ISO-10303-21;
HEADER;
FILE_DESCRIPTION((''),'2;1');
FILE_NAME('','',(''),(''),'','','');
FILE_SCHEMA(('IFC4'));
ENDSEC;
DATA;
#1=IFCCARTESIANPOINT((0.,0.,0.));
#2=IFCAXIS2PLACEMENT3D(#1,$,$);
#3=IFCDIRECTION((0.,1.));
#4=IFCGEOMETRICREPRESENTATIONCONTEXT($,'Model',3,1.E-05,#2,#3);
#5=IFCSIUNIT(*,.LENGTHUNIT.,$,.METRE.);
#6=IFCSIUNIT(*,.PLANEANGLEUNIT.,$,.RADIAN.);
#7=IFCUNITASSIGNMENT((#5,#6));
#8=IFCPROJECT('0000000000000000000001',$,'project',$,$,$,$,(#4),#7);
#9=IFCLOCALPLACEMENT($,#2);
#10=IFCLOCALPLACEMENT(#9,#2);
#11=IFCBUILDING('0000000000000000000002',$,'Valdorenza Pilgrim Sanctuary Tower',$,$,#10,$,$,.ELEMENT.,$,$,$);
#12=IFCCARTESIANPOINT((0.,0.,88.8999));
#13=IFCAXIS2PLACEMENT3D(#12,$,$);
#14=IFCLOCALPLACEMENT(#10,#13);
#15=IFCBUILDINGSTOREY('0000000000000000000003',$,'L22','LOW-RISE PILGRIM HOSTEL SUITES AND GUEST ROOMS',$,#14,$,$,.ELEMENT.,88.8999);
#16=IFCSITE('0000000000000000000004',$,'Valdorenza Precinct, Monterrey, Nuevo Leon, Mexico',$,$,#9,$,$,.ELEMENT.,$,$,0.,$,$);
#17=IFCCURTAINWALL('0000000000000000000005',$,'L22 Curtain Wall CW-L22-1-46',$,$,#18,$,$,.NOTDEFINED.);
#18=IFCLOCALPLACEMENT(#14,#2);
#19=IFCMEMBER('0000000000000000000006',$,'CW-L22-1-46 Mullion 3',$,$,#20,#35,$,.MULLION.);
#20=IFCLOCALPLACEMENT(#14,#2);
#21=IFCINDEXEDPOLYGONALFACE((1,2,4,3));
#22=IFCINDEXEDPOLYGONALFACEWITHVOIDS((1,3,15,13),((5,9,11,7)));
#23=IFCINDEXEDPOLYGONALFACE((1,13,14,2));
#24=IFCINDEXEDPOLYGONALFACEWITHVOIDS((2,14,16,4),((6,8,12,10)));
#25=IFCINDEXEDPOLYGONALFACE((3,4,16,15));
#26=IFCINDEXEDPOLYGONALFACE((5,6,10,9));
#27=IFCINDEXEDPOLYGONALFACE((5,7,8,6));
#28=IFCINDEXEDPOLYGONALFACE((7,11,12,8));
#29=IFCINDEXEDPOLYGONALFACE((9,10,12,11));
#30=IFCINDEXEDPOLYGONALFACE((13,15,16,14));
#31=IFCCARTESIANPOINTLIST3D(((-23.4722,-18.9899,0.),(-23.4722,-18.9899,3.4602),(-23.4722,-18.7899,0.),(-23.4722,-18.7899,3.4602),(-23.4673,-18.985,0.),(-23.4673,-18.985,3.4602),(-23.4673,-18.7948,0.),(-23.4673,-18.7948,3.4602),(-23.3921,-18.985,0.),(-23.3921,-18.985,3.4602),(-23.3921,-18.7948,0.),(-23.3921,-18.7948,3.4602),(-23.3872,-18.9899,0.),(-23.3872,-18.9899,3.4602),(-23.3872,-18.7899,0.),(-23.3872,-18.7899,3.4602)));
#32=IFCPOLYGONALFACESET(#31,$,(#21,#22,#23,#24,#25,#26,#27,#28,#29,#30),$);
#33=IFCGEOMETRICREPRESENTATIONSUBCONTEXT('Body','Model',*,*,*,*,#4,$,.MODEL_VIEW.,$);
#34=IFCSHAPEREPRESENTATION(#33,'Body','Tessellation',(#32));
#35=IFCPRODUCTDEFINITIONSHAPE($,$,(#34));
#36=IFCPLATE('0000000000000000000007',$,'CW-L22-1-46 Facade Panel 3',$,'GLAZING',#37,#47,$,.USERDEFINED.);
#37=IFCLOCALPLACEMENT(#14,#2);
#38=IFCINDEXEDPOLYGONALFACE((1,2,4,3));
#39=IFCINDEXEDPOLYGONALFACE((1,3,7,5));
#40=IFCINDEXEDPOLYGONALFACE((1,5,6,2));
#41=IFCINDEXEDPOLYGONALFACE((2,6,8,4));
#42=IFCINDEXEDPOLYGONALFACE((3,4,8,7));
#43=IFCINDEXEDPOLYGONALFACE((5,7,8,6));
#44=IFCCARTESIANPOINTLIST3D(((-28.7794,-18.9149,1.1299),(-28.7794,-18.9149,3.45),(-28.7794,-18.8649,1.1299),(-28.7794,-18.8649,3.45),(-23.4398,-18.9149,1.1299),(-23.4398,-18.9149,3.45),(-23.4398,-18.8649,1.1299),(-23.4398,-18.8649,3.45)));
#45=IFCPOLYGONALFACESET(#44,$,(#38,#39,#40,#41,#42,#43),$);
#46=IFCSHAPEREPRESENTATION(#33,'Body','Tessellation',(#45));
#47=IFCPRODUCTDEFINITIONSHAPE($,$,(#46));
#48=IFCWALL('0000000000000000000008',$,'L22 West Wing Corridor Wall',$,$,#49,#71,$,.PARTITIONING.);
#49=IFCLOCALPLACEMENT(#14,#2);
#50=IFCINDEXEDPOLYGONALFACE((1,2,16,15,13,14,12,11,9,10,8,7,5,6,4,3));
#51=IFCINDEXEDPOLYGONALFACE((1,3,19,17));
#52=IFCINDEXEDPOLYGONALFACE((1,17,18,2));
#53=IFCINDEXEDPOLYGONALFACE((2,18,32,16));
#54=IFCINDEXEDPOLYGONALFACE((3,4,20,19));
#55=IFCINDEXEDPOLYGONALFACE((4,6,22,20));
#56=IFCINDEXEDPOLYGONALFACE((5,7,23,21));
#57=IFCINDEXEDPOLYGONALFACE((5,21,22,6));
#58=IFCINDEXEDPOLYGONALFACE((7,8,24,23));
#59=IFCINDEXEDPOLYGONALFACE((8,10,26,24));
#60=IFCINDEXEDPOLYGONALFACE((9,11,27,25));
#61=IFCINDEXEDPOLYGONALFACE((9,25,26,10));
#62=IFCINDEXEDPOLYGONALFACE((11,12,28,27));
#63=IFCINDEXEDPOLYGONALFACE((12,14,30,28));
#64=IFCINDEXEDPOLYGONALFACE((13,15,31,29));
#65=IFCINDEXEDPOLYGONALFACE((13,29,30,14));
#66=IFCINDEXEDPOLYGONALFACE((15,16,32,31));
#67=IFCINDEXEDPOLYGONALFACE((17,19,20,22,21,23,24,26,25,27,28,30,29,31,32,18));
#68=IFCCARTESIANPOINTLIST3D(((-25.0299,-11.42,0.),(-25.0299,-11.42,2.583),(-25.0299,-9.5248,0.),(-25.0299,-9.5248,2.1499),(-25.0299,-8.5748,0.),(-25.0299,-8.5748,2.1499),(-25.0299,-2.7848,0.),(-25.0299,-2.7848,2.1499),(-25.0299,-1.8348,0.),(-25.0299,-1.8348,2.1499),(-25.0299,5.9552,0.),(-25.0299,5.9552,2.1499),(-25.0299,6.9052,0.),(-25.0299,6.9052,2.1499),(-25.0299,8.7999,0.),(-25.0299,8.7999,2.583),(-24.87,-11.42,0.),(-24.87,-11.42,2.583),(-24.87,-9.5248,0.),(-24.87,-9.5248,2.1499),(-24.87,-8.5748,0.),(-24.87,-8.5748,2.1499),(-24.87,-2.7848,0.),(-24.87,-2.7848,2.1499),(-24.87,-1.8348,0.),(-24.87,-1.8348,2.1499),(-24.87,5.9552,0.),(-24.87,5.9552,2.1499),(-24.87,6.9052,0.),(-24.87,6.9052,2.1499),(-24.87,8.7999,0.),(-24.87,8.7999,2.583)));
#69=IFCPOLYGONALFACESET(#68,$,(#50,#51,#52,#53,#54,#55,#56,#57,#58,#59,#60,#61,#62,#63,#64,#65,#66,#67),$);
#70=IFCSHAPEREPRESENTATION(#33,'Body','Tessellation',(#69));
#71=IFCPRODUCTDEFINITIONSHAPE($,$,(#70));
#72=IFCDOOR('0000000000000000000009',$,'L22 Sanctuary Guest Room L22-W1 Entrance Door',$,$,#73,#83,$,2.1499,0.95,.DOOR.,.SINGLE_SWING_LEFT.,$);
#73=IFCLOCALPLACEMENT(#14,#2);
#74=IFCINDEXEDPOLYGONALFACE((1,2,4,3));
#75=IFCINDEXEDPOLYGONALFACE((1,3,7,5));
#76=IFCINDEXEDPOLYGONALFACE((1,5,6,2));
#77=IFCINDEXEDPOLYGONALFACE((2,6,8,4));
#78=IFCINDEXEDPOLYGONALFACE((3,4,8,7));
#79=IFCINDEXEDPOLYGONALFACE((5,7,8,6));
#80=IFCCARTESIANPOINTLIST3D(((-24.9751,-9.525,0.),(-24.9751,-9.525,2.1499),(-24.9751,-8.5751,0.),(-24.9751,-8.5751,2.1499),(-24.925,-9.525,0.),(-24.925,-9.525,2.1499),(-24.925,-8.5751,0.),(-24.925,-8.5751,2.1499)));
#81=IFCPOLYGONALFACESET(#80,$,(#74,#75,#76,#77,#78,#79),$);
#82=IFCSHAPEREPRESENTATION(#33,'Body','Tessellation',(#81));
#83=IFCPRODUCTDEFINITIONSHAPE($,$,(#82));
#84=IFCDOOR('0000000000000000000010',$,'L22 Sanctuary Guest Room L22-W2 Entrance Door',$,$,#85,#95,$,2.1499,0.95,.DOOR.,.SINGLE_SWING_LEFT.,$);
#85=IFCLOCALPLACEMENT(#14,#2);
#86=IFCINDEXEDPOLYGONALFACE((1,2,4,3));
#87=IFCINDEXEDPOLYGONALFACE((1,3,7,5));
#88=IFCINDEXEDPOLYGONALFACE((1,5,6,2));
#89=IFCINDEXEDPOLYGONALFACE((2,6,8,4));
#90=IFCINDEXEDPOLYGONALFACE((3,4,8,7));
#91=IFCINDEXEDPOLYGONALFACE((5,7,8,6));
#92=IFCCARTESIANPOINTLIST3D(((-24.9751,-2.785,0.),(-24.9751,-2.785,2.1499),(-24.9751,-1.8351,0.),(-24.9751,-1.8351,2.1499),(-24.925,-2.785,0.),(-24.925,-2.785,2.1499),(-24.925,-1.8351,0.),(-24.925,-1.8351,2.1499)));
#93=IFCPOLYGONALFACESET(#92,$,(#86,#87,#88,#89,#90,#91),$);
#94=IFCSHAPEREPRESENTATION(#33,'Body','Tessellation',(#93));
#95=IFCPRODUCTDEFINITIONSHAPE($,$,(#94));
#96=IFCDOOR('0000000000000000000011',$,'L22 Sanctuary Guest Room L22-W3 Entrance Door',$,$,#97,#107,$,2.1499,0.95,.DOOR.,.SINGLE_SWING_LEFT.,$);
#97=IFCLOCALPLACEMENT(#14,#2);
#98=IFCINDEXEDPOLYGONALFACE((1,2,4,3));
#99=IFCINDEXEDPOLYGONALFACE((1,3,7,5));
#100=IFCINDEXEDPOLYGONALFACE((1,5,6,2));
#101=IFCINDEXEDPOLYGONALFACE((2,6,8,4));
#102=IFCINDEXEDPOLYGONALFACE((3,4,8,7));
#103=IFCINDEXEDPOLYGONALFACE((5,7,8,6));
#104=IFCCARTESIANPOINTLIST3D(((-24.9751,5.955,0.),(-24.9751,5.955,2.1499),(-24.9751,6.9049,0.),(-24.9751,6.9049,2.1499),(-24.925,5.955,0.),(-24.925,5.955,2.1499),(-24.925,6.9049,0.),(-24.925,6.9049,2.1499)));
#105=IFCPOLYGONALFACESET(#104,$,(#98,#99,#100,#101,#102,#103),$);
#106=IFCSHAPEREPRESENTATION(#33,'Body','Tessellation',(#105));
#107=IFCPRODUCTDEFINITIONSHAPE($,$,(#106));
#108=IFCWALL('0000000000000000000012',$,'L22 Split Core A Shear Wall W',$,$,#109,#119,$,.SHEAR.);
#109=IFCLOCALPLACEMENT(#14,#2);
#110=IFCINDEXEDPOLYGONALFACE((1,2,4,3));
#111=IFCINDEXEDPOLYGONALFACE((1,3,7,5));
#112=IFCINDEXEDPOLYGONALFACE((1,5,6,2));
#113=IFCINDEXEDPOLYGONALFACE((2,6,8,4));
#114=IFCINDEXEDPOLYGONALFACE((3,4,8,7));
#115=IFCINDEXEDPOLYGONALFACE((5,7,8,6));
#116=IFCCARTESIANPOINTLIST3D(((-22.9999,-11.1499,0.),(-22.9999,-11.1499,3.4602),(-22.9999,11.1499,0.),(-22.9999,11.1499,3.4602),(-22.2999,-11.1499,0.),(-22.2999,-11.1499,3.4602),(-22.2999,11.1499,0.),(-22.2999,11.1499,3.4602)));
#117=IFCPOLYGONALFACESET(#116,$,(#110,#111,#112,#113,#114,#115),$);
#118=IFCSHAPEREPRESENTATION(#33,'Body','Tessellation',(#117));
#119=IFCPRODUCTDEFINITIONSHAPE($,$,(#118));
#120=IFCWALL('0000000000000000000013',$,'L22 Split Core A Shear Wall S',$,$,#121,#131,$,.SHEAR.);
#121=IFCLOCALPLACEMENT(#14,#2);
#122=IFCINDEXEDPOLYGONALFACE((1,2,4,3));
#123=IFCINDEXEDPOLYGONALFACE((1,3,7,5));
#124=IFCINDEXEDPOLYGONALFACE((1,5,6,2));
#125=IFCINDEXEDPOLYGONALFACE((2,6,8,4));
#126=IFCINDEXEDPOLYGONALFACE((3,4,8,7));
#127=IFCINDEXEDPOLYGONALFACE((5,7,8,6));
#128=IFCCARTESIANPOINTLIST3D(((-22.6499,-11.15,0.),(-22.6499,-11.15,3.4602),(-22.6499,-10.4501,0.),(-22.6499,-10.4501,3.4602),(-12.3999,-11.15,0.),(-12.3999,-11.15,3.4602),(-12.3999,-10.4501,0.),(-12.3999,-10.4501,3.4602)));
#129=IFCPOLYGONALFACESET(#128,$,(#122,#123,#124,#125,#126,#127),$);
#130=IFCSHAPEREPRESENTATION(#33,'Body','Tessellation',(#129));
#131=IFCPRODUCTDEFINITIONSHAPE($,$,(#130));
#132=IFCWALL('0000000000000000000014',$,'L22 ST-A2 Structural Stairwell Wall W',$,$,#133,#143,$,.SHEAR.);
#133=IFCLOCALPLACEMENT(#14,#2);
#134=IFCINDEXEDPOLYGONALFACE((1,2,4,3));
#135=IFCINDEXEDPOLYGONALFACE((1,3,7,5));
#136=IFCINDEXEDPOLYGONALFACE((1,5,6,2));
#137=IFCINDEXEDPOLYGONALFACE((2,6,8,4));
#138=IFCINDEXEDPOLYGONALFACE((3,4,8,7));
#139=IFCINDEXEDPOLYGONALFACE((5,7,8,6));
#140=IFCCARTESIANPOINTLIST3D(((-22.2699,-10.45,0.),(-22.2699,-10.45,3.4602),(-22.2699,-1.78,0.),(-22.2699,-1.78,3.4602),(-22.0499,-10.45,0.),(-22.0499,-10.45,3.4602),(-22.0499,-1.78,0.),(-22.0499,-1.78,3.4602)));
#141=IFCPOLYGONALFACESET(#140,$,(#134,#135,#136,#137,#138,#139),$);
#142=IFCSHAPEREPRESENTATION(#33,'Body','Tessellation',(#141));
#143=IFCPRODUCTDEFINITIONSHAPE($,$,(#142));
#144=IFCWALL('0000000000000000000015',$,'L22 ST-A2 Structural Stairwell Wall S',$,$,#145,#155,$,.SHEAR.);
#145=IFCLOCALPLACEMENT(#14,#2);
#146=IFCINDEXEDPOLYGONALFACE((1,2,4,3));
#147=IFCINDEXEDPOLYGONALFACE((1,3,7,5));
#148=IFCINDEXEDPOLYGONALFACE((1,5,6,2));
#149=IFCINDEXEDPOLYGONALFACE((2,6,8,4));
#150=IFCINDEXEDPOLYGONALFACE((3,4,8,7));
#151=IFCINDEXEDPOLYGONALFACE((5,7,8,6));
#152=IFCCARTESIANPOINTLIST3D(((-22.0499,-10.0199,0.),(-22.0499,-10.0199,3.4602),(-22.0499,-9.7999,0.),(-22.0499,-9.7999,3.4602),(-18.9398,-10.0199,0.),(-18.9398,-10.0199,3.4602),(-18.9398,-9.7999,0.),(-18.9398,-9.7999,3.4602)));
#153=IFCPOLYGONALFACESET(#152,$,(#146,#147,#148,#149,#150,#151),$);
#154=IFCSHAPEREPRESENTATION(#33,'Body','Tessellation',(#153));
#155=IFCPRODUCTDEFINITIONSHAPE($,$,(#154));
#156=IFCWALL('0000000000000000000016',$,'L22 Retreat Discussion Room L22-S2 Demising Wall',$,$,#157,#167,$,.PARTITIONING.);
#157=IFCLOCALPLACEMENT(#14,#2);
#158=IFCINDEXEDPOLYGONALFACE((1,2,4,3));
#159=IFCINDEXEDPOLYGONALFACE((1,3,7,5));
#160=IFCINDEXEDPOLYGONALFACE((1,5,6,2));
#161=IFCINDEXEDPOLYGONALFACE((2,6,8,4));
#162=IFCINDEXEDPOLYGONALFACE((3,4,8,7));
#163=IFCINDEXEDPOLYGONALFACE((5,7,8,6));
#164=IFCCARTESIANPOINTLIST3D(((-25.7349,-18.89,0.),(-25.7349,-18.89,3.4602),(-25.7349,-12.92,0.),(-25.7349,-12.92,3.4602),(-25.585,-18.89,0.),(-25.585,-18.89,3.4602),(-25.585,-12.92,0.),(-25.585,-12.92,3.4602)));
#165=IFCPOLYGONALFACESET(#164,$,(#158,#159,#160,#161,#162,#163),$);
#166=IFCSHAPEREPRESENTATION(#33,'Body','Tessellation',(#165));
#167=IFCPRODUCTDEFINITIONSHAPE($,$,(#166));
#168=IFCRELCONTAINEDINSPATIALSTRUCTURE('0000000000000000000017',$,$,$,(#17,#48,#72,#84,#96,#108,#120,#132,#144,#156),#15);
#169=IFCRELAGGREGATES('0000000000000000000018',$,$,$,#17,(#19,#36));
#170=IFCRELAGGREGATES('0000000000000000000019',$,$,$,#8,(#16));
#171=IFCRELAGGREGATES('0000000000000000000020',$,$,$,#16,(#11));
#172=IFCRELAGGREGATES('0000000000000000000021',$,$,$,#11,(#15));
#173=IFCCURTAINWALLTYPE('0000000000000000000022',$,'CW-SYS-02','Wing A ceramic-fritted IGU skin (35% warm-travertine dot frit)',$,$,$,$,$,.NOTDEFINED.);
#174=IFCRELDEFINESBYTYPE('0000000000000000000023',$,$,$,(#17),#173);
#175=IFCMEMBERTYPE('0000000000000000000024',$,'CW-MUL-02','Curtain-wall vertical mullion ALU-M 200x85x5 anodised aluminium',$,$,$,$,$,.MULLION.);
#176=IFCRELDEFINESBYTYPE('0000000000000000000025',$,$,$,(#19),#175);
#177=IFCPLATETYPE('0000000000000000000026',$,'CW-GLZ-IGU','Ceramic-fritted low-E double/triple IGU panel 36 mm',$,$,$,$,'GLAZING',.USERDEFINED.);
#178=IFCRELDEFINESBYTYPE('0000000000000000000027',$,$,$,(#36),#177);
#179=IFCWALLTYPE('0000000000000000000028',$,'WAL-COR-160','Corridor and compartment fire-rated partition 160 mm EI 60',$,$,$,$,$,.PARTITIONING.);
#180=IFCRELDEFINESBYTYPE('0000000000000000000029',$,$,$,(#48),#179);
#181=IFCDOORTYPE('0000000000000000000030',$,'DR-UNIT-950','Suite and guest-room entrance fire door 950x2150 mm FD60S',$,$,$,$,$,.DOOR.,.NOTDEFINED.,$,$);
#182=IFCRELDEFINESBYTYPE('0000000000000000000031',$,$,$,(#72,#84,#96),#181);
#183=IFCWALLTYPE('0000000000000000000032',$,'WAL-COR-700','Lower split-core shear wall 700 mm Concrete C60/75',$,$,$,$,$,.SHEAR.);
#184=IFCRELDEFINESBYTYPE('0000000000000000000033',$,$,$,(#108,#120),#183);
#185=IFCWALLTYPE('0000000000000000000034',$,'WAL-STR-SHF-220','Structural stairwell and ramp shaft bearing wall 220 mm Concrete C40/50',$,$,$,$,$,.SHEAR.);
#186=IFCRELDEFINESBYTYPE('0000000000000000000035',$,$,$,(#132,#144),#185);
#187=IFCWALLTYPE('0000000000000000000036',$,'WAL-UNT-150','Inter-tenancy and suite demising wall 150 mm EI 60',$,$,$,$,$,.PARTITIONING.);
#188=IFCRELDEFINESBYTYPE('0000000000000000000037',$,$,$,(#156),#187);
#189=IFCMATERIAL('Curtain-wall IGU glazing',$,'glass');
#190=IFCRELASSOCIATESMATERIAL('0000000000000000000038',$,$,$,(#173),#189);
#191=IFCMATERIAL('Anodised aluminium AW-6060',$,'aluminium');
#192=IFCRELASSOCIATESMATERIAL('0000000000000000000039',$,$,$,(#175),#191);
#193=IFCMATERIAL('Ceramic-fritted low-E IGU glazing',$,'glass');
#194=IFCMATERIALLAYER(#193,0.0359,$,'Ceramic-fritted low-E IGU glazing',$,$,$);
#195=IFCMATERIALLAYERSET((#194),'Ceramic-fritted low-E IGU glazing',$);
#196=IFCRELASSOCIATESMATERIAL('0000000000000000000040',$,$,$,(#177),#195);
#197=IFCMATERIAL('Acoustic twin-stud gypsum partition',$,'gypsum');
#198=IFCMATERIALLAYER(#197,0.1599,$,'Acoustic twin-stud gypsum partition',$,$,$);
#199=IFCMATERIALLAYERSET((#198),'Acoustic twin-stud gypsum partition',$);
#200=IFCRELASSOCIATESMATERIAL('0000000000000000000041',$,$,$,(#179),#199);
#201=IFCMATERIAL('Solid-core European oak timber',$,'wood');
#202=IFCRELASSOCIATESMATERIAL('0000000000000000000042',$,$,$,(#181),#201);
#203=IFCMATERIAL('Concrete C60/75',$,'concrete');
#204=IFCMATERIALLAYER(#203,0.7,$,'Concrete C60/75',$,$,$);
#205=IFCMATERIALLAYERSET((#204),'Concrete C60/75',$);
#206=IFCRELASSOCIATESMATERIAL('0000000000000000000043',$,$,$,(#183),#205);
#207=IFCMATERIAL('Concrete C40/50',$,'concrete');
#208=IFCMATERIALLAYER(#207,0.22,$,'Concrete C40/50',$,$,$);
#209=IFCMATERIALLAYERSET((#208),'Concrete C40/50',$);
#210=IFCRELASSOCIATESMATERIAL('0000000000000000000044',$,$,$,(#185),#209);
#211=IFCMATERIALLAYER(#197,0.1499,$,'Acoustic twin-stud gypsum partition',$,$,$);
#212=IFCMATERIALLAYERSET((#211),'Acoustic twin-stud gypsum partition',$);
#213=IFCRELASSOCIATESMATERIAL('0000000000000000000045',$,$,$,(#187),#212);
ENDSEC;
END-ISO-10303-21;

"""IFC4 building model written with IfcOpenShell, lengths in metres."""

from ifc_helpers import new_model, si_unit, direction, frame, frame_2d, origin, origin_2d, place, context, subcontext, project, spatial, rectangle, hollow_rectangle, extrude, source, transform, mapped, material, layer, layer_set, material_profile, profile_set, type_object, element, fill, aggregate, save


model = new_model("IFC4")

# Units and contexts
model_context = context("Model", 3, precision=1e-05, world=origin(), true_north=direction((0.0, 1.0)))
body_context = subcontext(model_context, "Body", "Model", "MODEL_VIEW")
ifc_project = project(units=[si_unit("LENGTHUNIT", "METRE"), si_unit("PLANEANGLEUNIT", "RADIAN")], contexts=[model_context])

# Site, building, storey
site_placement = place(None, origin())
site = spatial("IfcSite", under=ifc_project, at=site_placement, Name="Valdorenza Precinct, Monterrey, Nuevo Leon, Mexico", CompositionType="ELEMENT", RefElevation=0.0)
building_placement = place(site_placement, origin())
building = spatial("IfcBuilding", under=site, at=building_placement, Name="Valdorenza Pilgrim Sanctuary Tower", CompositionType="ELEMENT")
storey_placement = place(building_placement, frame((0.0, 0.0, 88.8999)))
storey = spatial("IfcBuildingStorey", under=building, at=storey_placement, Name="L22", Description="LOW-RISE PILGRIM HOSTEL SUITES AND GUEST ROOMS", CompositionType="ELEMENT", Elevation=88.8999)

# Shared definitions
ifc_material_1 = material(Name="Concrete C60/75", Category="concrete")

# Curtain wall, member, plate
ifc_material_2 = material(Name="Curtain-wall IGU glazing", Category="glass")
curtain_wall_type = type_object("IfcCurtainWallType", Name="CW-SYS-02", Description="Wing A ceramic-fritted IGU skin (35% warm-travertine dot frit)", PredefinedType="NOTDEFINED", material=ifc_material_2)
curtain_wall_placement = place(storey_placement, origin())
curtain_wall = element("IfcCurtainWall", 1, at=curtain_wall_placement, inside=storey, type_object=curtain_wall_type, Name="L22 Curtain Wall CW-L22-1-46", PredefinedType="NOTDEFINED")
ifc_material_3 = material(Name="Anodised aluminium AW-6060", Category="aluminium")
ifc_material_profile_1 = material_profile(ifc_material_3, hollow_rectangle(XDim=0.085, YDim=0.2, WallThickness=0.0049, at=origin_2d()), Name="ALU-M 200x85x5")
ifc_profile_set_1 = profile_set([ifc_material_profile_1], Name="Anodised aluminium AW-6060")
member_type = type_object("IfcMemberType", Name="CW-MUL-02", Description="Curtain-wall vertical mullion ALU-M 200x85x5 anodised aluminium", PredefinedType="MULLION", material=ifc_profile_set_1)
shared_shape_1 = source(origin(), body_context, "Body", "SweptSolid", [
    extrude(hollow_rectangle(XDim=0.085, YDim=0.2, WallThickness=0.0049, at=origin_2d()), origin(), (0.0, 0.0, 1.0), 3.4602),
])
member_placement = place(storey_placement, frame((-23.4297, -18.8899, 0.0), z_axis=(0.0, 0.0, 1.0), x_axis=(-1.0, 0.0, 0.0)))
member = element("IfcMember", 2, at=member_placement, type_object=member_type, Name="CW-L22-1-46 Mullion 3", PredefinedType="MULLION", context=body_context, shape_type="MappedRepresentation", body=[
    mapped(shared_shape_1, transform((0.0, 0.0, 0.0), x_axis=(1.0, 0.0, 0.0), y_axis=(0.0, 1.0, 0.0), z_axis=(0.0, 0.0, 1.0), scale=1.0)),
])
ifc_material_4 = material(Name="Ceramic-fritted low-E IGU glazing", Category="glass")
ifc_layer_1 = layer(ifc_material_4, 0.0359, Name="Ceramic-fritted low-E IGU glazing")
ifc_layer_set_1 = layer_set([ifc_layer_1], Name="Ceramic-fritted low-E IGU glazing")
plate_type = type_object("IfcPlateType", Name="CW-GLZ-IGU", Description="Ceramic-fritted low-E double/triple IGU panel 36 mm", ElementType="GLAZING", PredefinedType="USERDEFINED", material=ifc_layer_set_1)
shared_shape_2 = source(origin(), body_context, "Body", "SweptSolid", [
    extrude(rectangle(XDim=5.3396, YDim=0.05, at=origin_2d()), origin(), (0.0, 0.0, 1.0), 2.3201),
])
plate_placement = place(storey_placement, frame((-26.1096, -18.8899, 1.1299), z_axis=(0.0, 0.0, 1.0), x_axis=(-1.0, 0.0, 0.0)))
plate = element("IfcPlate", 3, at=plate_placement, type_object=plate_type, Name="CW-L22-1-46 Facade Panel 3", ObjectType="GLAZING", PredefinedType="USERDEFINED", context=body_context, shape_type="MappedRepresentation", body=[
    mapped(shared_shape_2, transform((0.0, 0.0, 0.0), x_axis=(1.0, 0.0, 0.0), y_axis=(0.0, 1.0, 0.0), z_axis=(0.0, 0.0, 1.0), scale=1.0)),
])
aggregate(curtain_wall, [member, plate])

# Wall, openings, doors
ifc_material_5 = material(Name="Acoustic twin-stud gypsum partition", Category="gypsum")
ifc_layer_2 = layer(ifc_material_5, 0.1599, Name="Acoustic twin-stud gypsum partition")
ifc_layer_set_2 = layer_set([ifc_layer_2], Name="Acoustic twin-stud gypsum partition")
wall_type_1 = type_object("IfcWallType", Name="WAL-COR-160", Description="Corridor and compartment fire-rated partition 160 mm EI 60", PredefinedType="PARTITIONING", material=ifc_layer_set_2)
wall_1_placement = place(storey_placement, frame((-24.95, -11.4199, 0.0), z_axis=(0.0, 0.0, 1.0), x_axis=(0.0, 1.0, 0.0)))
wall_1 = element("IfcWall", 4, at=wall_1_placement, inside=storey, type_object=wall_type_1, Name="L22 West Wing Corridor Wall", PredefinedType="PARTITIONING", context=body_context, shape_type="SweptSolid", body=[
    extrude(rectangle(XDim=20.22, YDim=0.1599, at=frame_2d((10.1099, 0.0))), origin(), (0.0, 0.0, 1.0), 2.583),
])
opening_1_placement = place(wall_1_placement, frame((1.895, 0.0, 0.0)))
opening_1 = element("IfcOpeningElement", 5, at=opening_1_placement, cuts=wall_1, PredefinedType="OPENING", context=body_context, shape_type="SweptSolid", body=[
    extrude(rectangle(XDim=0.95, YDim=2.1499, at=frame_2d((0.4751, 1.075))), frame((0.0, 0.0947, 0.0), z_axis=(0.0, -1.0, 0.0), x_axis=(1.0, 0.0, 0.0)), (0.0, 0.0, 1.0), 0.1897),
])
opening_2_placement = place(wall_1_placement, frame((8.635, 0.0, 0.0)))
opening_2 = element("IfcOpeningElement", 6, at=opening_2_placement, cuts=wall_1, PredefinedType="OPENING", context=body_context, shape_type="SweptSolid", body=[
    extrude(rectangle(XDim=0.95, YDim=2.1499, at=frame_2d((0.4751, 1.075))), frame((0.0, 0.0947, 0.0), z_axis=(0.0, -1.0, 0.0), x_axis=(1.0, 0.0, 0.0)), (0.0, 0.0, 1.0), 0.1897),
])
opening_3_placement = place(wall_1_placement, frame((17.375, 0.0, 0.0)))
opening_3 = element("IfcOpeningElement", 7, at=opening_3_placement, cuts=wall_1, PredefinedType="OPENING", context=body_context, shape_type="SweptSolid", body=[
    extrude(rectangle(XDim=0.95, YDim=2.1499, at=frame_2d((0.4751, 1.075))), frame((0.0, 0.0947, 0.0), z_axis=(0.0, -1.0, 0.0), x_axis=(1.0, 0.0, 0.0)), (0.0, 0.0, 1.0), 0.1897),
])
ifc_material_6 = material(Name="Solid-core European oak timber", Category="wood")
door_type = type_object("IfcDoorType", Name="DR-UNIT-950", Description="Suite and guest-room entrance fire door 950x2150 mm FD60S", OperationType="NOTDEFINED", PredefinedType="DOOR", material=ifc_material_6)
door_1_placement = place(opening_1_placement, frame((0.95, 0.0, 0.0), z_axis=(0.0, 0.0, 1.0), x_axis=(-1.0, 0.0, 0.0)))
door_1 = element("IfcDoor", 8, at=door_1_placement, inside=storey, type_object=door_type, Name="L22 Sanctuary Guest Room L22-W1 Entrance Door", OperationType="SINGLE_SWING_LEFT", OverallHeight=2.1499, OverallWidth=0.95, PredefinedType="DOOR", context=body_context, shape_type="SweptSolid", body=[
    extrude(rectangle(XDim=0.95, YDim=2.1499, at=frame_2d((0.4751, 1.075))), frame((0.0, 0.0249, 0.0), z_axis=(0.0, -1.0, 0.0), x_axis=(1.0, 0.0, 0.0)), (0.0, 0.0, 1.0), 0.05),
])
fill(opening_1, door_1)
door_2_placement = place(opening_2_placement, frame((0.95, 0.0, 0.0), z_axis=(0.0, 0.0, 1.0), x_axis=(-1.0, 0.0, 0.0)))
door_2 = element("IfcDoor", 9, at=door_2_placement, inside=storey, type_object=door_type, Name="L22 Sanctuary Guest Room L22-W2 Entrance Door", OperationType="SINGLE_SWING_LEFT", OverallHeight=2.1499, OverallWidth=0.95, PredefinedType="DOOR", context=body_context, shape_type="SweptSolid", body=[
    extrude(rectangle(XDim=0.95, YDim=2.1499, at=frame_2d((0.4751, 1.075))), frame((0.0, 0.0249, 0.0), z_axis=(0.0, -1.0, 0.0), x_axis=(1.0, 0.0, 0.0)), (0.0, 0.0, 1.0), 0.05),
])
fill(opening_2, door_2)
door_3_placement = place(opening_3_placement, frame((0.95, 0.0, 0.0), z_axis=(0.0, 0.0, 1.0), x_axis=(-1.0, 0.0, 0.0)))
door_3 = element("IfcDoor", 10, at=door_3_placement, inside=storey, type_object=door_type, Name="L22 Sanctuary Guest Room L22-W3 Entrance Door", OperationType="SINGLE_SWING_LEFT", OverallHeight=2.1499, OverallWidth=0.95, PredefinedType="DOOR", context=body_context, shape_type="SweptSolid", body=[
    extrude(rectangle(XDim=0.95, YDim=2.1499, at=frame_2d((0.4751, 1.075))), frame((0.0, 0.0249, 0.0), z_axis=(0.0, -1.0, 0.0), x_axis=(1.0, 0.0, 0.0)), (0.0, 0.0, 1.0), 0.05),
])
fill(opening_3, door_3)

# Walls
ifc_layer_3 = layer(ifc_material_1, 0.7, Name="Concrete C60/75")
ifc_layer_set_3 = layer_set([ifc_layer_3], Name="Concrete C60/75")
wall_type_2 = type_object("IfcWallType", Name="WAL-COR-700", Description="Lower split-core shear wall 700 mm Concrete C60/75", PredefinedType="SHEAR", material=ifc_layer_set_3)
wall_2_placement = place(storey_placement, frame((-22.6499, -11.1499, 0.0), z_axis=(0.0, 0.0, 1.0), x_axis=(0.0, 1.0, 0.0)))
element("IfcWall", 11, at=wall_2_placement, inside=storey, type_object=wall_type_2, Name="L22 Split Core A Shear Wall W", PredefinedType="SHEAR", context=body_context, shape_type="SweptSolid", body=[
    extrude(rectangle(XDim=22.2998, YDim=0.7, at=frame_2d((11.1499, 0.0))), origin(), (0.0, 0.0, 1.0), 3.4602),
])
wall_3_placement = place(storey_placement, frame((-22.6499, -10.8, 0.0), z_axis=(0.0, 0.0, 1.0), x_axis=(1.0, 0.0, 0.0)))
element("IfcWall", 12, at=wall_3_placement, inside=storey, type_object=wall_type_2, Name="L22 Split Core A Shear Wall S", PredefinedType="SHEAR", context=body_context, shape_type="SweptSolid", body=[
    extrude(rectangle(XDim=10.25, YDim=0.7, at=frame_2d((5.125, 0.0))), origin(), (0.0, 0.0, 1.0), 3.4602),
])
ifc_material_7 = material(Name="Concrete C40/50", Category="concrete")
ifc_layer_4 = layer(ifc_material_7, 0.22, Name="Concrete C40/50")
ifc_layer_set_4 = layer_set([ifc_layer_4], Name="Concrete C40/50")
wall_type_3 = type_object("IfcWallType", Name="WAL-STR-SHF-220", Description="Structural stairwell and ramp shaft bearing wall 220 mm Concrete C40/50", PredefinedType="SHEAR", material=ifc_layer_set_4)
wall_4_placement = place(storey_placement, frame((-22.1599, -10.45, 0.0), z_axis=(0.0, 0.0, 1.0), x_axis=(0.0, 1.0, 0.0)))
element("IfcWall", 13, at=wall_4_placement, inside=storey, type_object=wall_type_3, Name="L22 ST-A2 Structural Stairwell Wall W", PredefinedType="SHEAR", context=body_context, shape_type="SweptSolid", body=[
    extrude(rectangle(XDim=8.6699, YDim=0.22, at=frame_2d((4.335, 0.0))), origin(), (0.0, 0.0, 1.0), 3.4602),
])
wall_5_placement = place(storey_placement, frame((-22.05, -9.9099, 0.0), z_axis=(0.0, 0.0, 1.0), x_axis=(1.0, 0.0, 0.0)))
element("IfcWall", 14, at=wall_5_placement, inside=storey, type_object=wall_type_3, Name="L22 ST-A2 Structural Stairwell Wall S", PredefinedType="SHEAR", context=body_context, shape_type="SweptSolid", body=[
    extrude(rectangle(XDim=3.1101, YDim=0.22, at=frame_2d((1.5552, 0.0))), origin(), (0.0, 0.0, 1.0), 3.4602),
])
ifc_layer_5 = layer(ifc_material_5, 0.1499, Name="Acoustic twin-stud gypsum partition")
ifc_layer_set_5 = layer_set([ifc_layer_5], Name="Acoustic twin-stud gypsum partition")
wall_type_4 = type_object("IfcWallType", Name="WAL-UNT-150", Description="Inter-tenancy and suite demising wall 150 mm EI 60", PredefinedType="PARTITIONING", material=ifc_layer_set_5)
wall_6_placement = place(storey_placement, frame((-25.6599, -18.8899, 0.0), z_axis=(0.0, 0.0, 1.0), x_axis=(0.0, 1.0, 0.0)))
element("IfcWall", 15, at=wall_6_placement, inside=storey, type_object=wall_type_4, Name="L22 Retreat Discussion Room L22-S2 Demising Wall", PredefinedType="PARTITIONING", context=body_context, shape_type="SweptSolid", body=[
    extrude(rectangle(XDim=5.97, YDim=0.1499, at=frame_2d((2.9849, 0.0))), origin(), (0.0, 0.0, 1.0), 3.4602),
])

save(model, "model.ifc")
